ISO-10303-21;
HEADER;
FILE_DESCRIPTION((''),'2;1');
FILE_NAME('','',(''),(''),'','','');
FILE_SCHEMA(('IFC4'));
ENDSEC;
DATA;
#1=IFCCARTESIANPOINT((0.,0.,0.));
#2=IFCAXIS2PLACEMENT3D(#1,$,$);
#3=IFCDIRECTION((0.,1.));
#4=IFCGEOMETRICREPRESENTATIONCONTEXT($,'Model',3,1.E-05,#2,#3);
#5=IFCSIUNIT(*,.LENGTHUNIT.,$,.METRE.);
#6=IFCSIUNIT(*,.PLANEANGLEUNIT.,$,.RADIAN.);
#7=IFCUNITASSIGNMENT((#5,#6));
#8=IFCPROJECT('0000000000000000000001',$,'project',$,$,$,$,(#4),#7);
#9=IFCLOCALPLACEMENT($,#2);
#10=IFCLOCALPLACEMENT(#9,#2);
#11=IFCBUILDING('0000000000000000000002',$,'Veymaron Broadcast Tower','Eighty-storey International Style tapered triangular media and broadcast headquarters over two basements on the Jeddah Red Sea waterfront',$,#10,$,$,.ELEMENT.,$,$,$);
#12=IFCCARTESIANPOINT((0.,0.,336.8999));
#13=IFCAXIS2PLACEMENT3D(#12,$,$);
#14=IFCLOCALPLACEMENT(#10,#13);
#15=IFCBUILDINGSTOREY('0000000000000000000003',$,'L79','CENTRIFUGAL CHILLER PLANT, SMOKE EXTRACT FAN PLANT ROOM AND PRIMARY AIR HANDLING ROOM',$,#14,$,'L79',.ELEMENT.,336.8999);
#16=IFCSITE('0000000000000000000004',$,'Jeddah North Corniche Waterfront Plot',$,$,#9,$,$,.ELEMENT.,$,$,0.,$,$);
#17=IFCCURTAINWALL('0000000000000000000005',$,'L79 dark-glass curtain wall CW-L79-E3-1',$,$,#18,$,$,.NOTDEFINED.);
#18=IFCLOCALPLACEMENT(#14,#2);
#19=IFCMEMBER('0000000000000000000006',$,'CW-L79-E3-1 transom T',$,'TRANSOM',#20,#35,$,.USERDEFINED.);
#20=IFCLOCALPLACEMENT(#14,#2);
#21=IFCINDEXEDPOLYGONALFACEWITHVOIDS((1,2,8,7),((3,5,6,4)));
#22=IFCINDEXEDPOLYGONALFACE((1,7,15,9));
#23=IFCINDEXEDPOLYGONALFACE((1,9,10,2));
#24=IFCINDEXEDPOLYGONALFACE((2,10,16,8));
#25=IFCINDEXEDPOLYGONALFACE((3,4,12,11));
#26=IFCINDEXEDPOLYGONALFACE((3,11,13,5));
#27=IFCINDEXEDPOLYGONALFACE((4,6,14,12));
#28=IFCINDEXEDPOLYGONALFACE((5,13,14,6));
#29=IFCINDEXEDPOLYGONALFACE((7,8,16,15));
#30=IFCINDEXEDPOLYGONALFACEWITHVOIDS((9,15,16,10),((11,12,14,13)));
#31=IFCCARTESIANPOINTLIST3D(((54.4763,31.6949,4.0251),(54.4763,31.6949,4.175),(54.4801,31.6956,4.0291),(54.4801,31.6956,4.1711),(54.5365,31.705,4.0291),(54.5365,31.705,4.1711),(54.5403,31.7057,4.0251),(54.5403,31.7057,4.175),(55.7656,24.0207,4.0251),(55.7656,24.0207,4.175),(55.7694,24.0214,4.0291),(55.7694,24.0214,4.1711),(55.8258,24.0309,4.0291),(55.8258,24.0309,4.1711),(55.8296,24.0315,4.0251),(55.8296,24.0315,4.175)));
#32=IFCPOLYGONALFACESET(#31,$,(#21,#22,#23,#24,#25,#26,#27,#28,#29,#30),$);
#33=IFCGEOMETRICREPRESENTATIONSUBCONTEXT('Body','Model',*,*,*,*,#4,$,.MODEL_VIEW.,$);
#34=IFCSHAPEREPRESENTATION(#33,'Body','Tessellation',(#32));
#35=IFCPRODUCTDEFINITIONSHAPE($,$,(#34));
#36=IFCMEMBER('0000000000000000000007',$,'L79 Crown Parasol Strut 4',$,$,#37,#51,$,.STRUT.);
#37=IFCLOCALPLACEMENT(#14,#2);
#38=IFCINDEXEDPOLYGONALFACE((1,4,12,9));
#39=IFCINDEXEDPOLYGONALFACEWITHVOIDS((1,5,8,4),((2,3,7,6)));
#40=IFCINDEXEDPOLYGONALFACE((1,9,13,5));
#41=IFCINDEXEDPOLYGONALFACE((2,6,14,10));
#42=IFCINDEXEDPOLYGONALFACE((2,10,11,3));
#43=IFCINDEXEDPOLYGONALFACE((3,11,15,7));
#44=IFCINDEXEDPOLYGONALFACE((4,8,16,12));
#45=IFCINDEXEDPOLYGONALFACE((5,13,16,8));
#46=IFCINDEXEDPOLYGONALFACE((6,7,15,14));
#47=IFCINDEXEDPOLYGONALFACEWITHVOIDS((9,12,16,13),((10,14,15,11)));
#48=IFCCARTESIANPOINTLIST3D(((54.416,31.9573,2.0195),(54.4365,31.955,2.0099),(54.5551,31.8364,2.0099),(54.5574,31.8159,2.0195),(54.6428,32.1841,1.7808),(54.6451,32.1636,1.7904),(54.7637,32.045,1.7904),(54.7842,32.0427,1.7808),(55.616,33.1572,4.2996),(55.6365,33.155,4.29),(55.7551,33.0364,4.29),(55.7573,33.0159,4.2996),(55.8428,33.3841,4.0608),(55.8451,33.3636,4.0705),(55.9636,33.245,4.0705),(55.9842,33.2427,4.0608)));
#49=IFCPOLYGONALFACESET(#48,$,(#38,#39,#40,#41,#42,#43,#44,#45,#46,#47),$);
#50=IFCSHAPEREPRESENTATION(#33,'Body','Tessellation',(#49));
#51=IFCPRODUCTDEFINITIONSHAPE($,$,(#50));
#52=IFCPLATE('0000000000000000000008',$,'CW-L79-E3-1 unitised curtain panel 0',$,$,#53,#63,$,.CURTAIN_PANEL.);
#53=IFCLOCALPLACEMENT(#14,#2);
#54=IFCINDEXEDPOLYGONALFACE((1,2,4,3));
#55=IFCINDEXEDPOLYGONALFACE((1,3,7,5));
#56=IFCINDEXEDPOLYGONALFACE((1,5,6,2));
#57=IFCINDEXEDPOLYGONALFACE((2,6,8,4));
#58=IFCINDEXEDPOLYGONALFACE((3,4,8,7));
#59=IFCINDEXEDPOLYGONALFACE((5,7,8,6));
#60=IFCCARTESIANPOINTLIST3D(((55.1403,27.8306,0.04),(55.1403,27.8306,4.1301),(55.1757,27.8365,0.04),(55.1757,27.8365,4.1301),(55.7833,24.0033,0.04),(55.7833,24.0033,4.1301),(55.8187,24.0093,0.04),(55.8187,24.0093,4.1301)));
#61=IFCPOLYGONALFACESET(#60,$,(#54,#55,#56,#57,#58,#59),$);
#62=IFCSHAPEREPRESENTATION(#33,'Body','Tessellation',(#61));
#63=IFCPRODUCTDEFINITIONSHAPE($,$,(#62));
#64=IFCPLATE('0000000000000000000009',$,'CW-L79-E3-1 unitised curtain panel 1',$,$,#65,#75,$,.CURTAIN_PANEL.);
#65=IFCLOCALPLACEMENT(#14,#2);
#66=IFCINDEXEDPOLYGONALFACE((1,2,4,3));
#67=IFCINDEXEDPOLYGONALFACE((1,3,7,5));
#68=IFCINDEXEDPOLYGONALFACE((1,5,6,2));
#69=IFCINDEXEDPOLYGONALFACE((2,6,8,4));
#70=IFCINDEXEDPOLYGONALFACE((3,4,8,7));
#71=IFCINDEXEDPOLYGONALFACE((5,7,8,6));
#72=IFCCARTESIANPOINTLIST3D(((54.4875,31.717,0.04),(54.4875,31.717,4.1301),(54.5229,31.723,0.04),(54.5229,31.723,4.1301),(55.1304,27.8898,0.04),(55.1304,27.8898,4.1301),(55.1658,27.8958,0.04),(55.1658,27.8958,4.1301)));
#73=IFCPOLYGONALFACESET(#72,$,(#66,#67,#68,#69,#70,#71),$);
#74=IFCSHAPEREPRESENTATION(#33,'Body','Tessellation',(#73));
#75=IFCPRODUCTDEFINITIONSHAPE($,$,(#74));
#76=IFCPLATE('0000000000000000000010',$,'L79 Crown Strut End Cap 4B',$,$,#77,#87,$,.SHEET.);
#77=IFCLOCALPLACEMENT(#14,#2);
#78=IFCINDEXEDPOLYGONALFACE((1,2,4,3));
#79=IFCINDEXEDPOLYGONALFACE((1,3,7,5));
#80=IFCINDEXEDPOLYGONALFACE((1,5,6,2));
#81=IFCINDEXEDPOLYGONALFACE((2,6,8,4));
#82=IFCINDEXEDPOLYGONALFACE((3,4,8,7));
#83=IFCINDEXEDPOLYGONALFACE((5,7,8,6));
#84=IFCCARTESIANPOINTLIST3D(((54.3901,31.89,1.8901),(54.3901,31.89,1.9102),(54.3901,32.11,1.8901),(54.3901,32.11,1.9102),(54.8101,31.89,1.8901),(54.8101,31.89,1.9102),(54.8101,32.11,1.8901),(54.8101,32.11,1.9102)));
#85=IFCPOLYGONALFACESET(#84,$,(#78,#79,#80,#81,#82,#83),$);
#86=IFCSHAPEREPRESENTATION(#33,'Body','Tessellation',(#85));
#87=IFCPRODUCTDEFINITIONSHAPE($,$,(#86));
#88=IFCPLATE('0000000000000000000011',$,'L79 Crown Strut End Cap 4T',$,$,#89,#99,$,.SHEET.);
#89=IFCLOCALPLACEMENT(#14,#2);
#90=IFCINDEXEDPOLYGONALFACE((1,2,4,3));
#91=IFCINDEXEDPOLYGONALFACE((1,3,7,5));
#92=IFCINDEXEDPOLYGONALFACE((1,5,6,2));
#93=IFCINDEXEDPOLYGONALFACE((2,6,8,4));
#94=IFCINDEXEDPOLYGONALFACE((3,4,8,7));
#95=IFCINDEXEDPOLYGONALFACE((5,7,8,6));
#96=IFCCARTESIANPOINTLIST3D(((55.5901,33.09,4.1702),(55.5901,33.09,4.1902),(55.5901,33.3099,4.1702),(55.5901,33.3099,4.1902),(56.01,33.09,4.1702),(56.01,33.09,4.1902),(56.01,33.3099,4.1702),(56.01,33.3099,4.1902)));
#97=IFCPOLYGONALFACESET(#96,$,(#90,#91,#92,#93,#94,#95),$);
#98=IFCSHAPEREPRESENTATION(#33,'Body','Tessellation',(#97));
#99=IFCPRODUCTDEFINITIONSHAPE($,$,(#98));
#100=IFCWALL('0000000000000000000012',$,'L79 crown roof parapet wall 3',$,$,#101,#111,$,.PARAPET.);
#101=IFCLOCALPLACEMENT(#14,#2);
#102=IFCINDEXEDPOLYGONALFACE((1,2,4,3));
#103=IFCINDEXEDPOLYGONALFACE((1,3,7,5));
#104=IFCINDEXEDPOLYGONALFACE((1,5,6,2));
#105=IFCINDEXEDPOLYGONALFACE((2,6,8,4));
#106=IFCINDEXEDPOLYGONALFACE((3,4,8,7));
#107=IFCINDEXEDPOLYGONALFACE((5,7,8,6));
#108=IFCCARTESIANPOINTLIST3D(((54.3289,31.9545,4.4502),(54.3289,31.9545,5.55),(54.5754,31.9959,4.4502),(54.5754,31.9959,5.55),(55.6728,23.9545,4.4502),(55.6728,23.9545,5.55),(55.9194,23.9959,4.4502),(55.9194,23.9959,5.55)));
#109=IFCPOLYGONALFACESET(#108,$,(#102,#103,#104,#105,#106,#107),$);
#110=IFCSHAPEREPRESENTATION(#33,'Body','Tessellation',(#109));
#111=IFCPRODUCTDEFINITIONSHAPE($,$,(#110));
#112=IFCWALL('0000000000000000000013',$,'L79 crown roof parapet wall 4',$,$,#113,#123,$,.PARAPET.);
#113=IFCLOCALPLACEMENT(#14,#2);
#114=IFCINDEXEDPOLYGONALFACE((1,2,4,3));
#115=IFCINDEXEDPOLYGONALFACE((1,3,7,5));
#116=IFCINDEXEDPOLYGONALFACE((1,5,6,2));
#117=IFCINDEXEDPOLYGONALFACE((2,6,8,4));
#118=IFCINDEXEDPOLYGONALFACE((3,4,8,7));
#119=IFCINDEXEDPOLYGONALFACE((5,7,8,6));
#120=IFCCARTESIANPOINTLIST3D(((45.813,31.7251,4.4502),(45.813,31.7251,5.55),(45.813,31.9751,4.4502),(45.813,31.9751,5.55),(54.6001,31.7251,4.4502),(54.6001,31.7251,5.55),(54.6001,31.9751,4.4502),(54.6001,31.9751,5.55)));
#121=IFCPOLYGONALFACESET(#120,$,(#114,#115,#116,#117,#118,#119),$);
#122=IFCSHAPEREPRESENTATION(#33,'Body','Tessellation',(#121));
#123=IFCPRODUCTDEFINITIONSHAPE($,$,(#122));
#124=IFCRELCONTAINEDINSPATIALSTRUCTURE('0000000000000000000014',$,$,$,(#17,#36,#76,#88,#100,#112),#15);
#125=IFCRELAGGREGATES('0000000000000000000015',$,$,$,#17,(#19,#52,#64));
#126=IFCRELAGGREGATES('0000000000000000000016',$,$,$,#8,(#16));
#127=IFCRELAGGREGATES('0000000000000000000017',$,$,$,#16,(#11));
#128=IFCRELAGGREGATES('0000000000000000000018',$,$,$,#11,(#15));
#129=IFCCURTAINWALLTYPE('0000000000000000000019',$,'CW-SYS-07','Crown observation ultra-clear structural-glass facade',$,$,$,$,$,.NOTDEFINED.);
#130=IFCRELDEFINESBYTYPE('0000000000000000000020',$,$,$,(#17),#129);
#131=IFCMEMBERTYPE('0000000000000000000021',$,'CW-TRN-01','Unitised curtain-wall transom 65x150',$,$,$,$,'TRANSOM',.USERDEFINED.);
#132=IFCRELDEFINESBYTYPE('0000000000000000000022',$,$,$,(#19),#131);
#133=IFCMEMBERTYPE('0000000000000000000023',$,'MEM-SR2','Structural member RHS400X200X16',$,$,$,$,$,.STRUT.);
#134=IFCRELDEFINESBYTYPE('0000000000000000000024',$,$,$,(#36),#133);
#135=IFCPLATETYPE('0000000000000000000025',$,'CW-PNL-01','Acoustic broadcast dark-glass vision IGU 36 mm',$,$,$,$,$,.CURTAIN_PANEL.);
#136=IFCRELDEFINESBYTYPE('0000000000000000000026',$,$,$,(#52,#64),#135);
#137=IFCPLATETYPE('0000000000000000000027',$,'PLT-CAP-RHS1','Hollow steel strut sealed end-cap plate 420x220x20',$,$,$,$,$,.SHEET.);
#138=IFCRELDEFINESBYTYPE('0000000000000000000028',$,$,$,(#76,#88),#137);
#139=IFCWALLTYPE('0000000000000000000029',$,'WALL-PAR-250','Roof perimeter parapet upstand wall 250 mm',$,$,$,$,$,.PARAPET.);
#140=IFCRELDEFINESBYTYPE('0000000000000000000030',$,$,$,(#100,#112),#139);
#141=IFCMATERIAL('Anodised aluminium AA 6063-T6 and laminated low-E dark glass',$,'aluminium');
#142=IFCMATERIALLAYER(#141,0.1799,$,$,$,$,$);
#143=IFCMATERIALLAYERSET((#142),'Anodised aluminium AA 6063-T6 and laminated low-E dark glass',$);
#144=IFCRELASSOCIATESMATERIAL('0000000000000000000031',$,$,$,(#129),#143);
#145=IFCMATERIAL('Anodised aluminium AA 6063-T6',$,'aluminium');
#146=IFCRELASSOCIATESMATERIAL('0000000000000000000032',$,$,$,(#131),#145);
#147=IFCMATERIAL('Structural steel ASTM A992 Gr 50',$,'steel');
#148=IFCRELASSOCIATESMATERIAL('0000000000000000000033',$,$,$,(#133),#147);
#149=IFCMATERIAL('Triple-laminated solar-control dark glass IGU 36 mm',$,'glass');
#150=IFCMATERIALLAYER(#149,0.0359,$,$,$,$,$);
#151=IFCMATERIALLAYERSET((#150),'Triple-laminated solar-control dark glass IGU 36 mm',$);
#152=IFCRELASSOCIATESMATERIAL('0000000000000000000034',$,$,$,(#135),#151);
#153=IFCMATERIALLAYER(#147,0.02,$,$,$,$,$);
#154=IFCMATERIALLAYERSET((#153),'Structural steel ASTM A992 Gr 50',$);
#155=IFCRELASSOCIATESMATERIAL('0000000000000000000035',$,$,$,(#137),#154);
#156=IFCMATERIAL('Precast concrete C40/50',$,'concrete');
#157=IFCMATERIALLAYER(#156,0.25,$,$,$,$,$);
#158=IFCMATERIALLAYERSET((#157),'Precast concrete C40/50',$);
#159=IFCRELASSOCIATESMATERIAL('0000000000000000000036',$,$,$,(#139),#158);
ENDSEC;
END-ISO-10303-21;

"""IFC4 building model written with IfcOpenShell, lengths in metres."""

from ifc_helpers import new_model, si_unit, direction, frame, frame_2d, origin, origin_2d, place, context, subcontext, project, spatial, rectangle, hollow_rectangle, extrude, material, layer, layer_set, material_profile, profile_set, type_object, element, aggregate, save


model = new_model("IFC4")

# Units and contexts
model_context = context("Model", 3, precision=1e-05, world=origin(), true_north=direction((0.0, 1.0)))
body_context = subcontext(model_context, "Body", "Model", "MODEL_VIEW")
ifc_project = project(units=[si_unit("LENGTHUNIT", "METRE"), si_unit("PLANEANGLEUNIT", "RADIAN")], contexts=[model_context])

# Site, building, storey
site_placement = place(None, origin())
site = spatial("IfcSite", under=ifc_project, at=site_placement, Name="Jeddah North Corniche Waterfront Plot", CompositionType="ELEMENT", RefElevation=0.0)
building_placement = place(site_placement, origin())
building = spatial("IfcBuilding", under=site, at=building_placement, Name="Veymaron Broadcast Tower", Description="Eighty-storey International Style tapered triangular media and broadcast headquarters over two basements on the Jeddah Red Sea waterfront", CompositionType="ELEMENT")
storey_placement = place(building_placement, frame((0.0, 0.0, 336.8999)))
storey = spatial("IfcBuildingStorey", under=building, at=storey_placement, Name="L79", Description="CENTRIFUGAL CHILLER PLANT, SMOKE EXTRACT FAN PLANT ROOM AND PRIMARY AIR HANDLING ROOM", LongName="L79", CompositionType="ELEMENT", Elevation=336.8999)

# Shared definitions
ifc_material_1 = material(Name="Structural steel ASTM A992 Gr 50", Category="steel")

# Shared definitions
ifc_material_2 = material(Name="Anodised aluminium AA 6063-T6 and laminated low-E dark glass", Category="aluminium")
ifc_layer_1 = layer(ifc_material_2, 0.1799)
ifc_layer_set_1 = layer_set([ifc_layer_1], Name="Anodised aluminium AA 6063-T6 and laminated low-E dark glass")
curtain_wall_type = type_object("IfcCurtainWallType", Name="CW-SYS-07", Description="Crown observation ultra-clear structural-glass facade", PredefinedType="NOTDEFINED", material=ifc_layer_set_1)
ifc_material_3 = material(Name="Anodised aluminium AA 6063-T6", Category="aluminium")

# Curtain wall, member
curtain_wall_1_placement = place(storey_placement, origin())
curtain_wall_1 = element("IfcCurtainWall", 1, at=curtain_wall_1_placement, inside=storey, type_object=curtain_wall_type, Name="L79 dark-glass curtain wall CW-L79-E3-1", PredefinedType="NOTDEFINED")
ifc_material_profile_1 = material_profile(ifc_material_3, hollow_rectangle(XDim=0.0649, YDim=0.1499, WallThickness=0.0039, at=origin_2d()), Name="AL150X65X4")
ifc_profile_set_1 = profile_set([ifc_material_profile_1], Name="Anodised aluminium AA 6063-T6")
member_type_1 = type_object("IfcMemberType", Name="CW-TRN-01", Description="Unitised curtain-wall transom 65x150", ElementType="TRANSOM", PredefinedType="USERDEFINED", material=ifc_profile_set_1)
member_1_placement = place(storey_placement, frame((55.7976, 24.0261, 4.1001), z_axis=(-0.165686, 0.986179, 0.0), x_axis=(-0.986179, -0.165686, 0.0)))
member_1 = element("IfcMember", 2, at=member_1_placement, type_object=member_type_1, Name="CW-L79-E3-1 transom T", ObjectType="TRANSOM", PredefinedType="USERDEFINED", context=body_context, shape_type="SweptSolid", body=[
    extrude(hollow_rectangle(XDim=0.0649, YDim=0.1499, WallThickness=0.0039, at=origin_2d()), origin(), (0.0, 0.0, 1.0), 7.7817),
])

# Member
ifc_material_profile_2 = material_profile(ifc_material_1, hollow_rectangle(XDim=0.2, YDim=0.3999, WallThickness=0.0161, at=origin_2d()), Name="RHS400X200X16")
ifc_profile_set_2 = profile_set([ifc_material_profile_2], Name="Structural steel ASTM A992 Gr 50")
member_type_2 = type_object("IfcMemberType", Name="MEM-SR2", Description="Structural member RHS400X200X16", PredefinedType="STRUT", material=ifc_profile_set_2)
member_2_placement = place(storey_placement, frame((54.6001, 32.0, 1.9001), z_axis=(0.422186, 0.422186, 0.802196), x_axis=(-0.707107, 0.707107, 0.0)))
element("IfcMember", 3, at=member_2_placement, inside=storey, type_object=member_type_2, Name="L79 Crown Parasol Strut 4", PredefinedType="STRUT", context=body_context, shape_type="SweptSolid", body=[
    extrude(hollow_rectangle(XDim=0.2, YDim=0.3999, WallThickness=0.0161, at=origin_2d()), origin(), (0.0, 0.0, 1.0), 2.8423),
])

# Plates
ifc_material_4 = material(Name="Triple-laminated solar-control dark glass IGU 36 mm", Category="glass")
ifc_layer_2 = layer(ifc_material_4, 0.0359)
ifc_layer_set_2 = layer_set([ifc_layer_2], Name="Triple-laminated solar-control dark glass IGU 36 mm")
plate_type_1 = type_object("IfcPlateType", Name="CW-PNL-01", Description="Acoustic broadcast dark-glass vision IGU 36 mm", PredefinedType="CURTAIN_PANEL", material=ifc_layer_set_2)
plate_1_placement = place(storey_placement, frame((55.4795, 25.9199, 0.04), z_axis=(0.0, 0.0, 1.0), x_axis=(-0.165667, 0.986182, 0.0)))
plate_1 = element("IfcPlate", 4, at=plate_1_placement, type_object=plate_type_1, Name="CW-L79-E3-1 unitised curtain panel 0", PredefinedType="CURTAIN_PANEL", context=body_context, shape_type="SweptSolid", body=[
    extrude(rectangle(XDim=3.8809, YDim=0.0359, at=origin_2d()), origin(), (0.0, 0.0, 1.0), 4.0901),
])
plate_2_placement = place(storey_placement, frame((54.8267, 29.8064, 0.04), z_axis=(0.0, 0.0, 1.0), x_axis=(-0.165667, 0.986182, 0.0)))
plate_2 = element("IfcPlate", 5, at=plate_2_placement, type_object=plate_type_1, Name="CW-L79-E3-1 unitised curtain panel 1", PredefinedType="CURTAIN_PANEL", context=body_context, shape_type="SweptSolid", body=[
    extrude(rectangle(XDim=3.8809, YDim=0.0359, at=origin_2d()), origin(), (0.0, 0.0, 1.0), 4.0901),
])
aggregate(curtain_wall_1, [member_1, plate_1, plate_2])

# Plates
ifc_layer_3 = layer(ifc_material_1, 0.02)
ifc_layer_set_3 = layer_set([ifc_layer_3], Name="Structural steel ASTM A992 Gr 50")
plate_type_2 = type_object("IfcPlateType", Name="PLT-CAP-RHS1", Description="Hollow steel strut sealed end-cap plate 420x220x20", PredefinedType="SHEET", material=ifc_layer_set_3)
for number, where, z_axis, x_axis, name in (
    (6, (54.6001, 32.0, 1.8901), (0.0, 0.0, 1.0), (1.0, 0.0, 0.0), "L79 Crown Strut End Cap 4B"),
    (7, (55.8, 33.2, 4.1702), (0.0, 0.0, 1.0), (1.0, 0.0, 0.0), "L79 Crown Strut End Cap 4T"),
):
    element("IfcPlate", number, at=place(storey_placement, frame(where, z_axis=z_axis, x_axis=x_axis)), inside=storey, type_object=plate_type_2, Name=name, PredefinedType="SHEET", context=body_context, shape_type="SweptSolid", body=[
        extrude(rectangle(XDim=0.4199, YDim=0.22, at=origin_2d()), origin(), (0.0, 0.0, 1.0), 0.02),
    ])

# Walls
ifc_material_5 = material(Name="Precast concrete C40/50", Category="concrete")
ifc_layer_4 = layer(ifc_material_5, 0.25)
ifc_layer_set_4 = layer_set([ifc_layer_4], Name="Precast concrete C40/50")
wall_type = type_object("IfcWallType", Name="WALL-PAR-250", Description="Roof perimeter parapet upstand wall 250 mm", PredefinedType="PARAPET", material=ifc_layer_set_4)
wall_1_placement = place(storey_placement, frame((55.7961, 23.9751, 4.4502), z_axis=(0.0, 0.0, 1.0), x_axis=(-0.165678, 0.98618, 0.0)))
element("IfcWall", 8, at=wall_1_placement, inside=storey, type_object=wall_type, Name="L79 crown roof parapet wall 3", PredefinedType="PARAPET", context=body_context, shape_type="SweptSolid", body=[
    extrude(rectangle(XDim=8.1121, YDim=0.25, at=frame_2d((4.0562, 0.0))), origin(), (0.0, 0.0, 1.0), 1.0999),
])
wall_2_placement = place(storey_placement, frame((54.6001, 31.8501, 4.4502), z_axis=(0.0, 0.0, 1.0), x_axis=(-1.0, 0.0, 0.0)))
element("IfcWall", 9, at=wall_2_placement, inside=storey, type_object=wall_type, Name="L79 crown roof parapet wall 4", PredefinedType="PARAPET", context=body_context, shape_type="SweptSolid", body=[
    extrude(rectangle(XDim=8.7871, YDim=0.25, at=frame_2d((4.3936, 0.0))), origin(), (0.0, 0.0, 1.0), 1.0999),
])

save(model, "model.ifc")
